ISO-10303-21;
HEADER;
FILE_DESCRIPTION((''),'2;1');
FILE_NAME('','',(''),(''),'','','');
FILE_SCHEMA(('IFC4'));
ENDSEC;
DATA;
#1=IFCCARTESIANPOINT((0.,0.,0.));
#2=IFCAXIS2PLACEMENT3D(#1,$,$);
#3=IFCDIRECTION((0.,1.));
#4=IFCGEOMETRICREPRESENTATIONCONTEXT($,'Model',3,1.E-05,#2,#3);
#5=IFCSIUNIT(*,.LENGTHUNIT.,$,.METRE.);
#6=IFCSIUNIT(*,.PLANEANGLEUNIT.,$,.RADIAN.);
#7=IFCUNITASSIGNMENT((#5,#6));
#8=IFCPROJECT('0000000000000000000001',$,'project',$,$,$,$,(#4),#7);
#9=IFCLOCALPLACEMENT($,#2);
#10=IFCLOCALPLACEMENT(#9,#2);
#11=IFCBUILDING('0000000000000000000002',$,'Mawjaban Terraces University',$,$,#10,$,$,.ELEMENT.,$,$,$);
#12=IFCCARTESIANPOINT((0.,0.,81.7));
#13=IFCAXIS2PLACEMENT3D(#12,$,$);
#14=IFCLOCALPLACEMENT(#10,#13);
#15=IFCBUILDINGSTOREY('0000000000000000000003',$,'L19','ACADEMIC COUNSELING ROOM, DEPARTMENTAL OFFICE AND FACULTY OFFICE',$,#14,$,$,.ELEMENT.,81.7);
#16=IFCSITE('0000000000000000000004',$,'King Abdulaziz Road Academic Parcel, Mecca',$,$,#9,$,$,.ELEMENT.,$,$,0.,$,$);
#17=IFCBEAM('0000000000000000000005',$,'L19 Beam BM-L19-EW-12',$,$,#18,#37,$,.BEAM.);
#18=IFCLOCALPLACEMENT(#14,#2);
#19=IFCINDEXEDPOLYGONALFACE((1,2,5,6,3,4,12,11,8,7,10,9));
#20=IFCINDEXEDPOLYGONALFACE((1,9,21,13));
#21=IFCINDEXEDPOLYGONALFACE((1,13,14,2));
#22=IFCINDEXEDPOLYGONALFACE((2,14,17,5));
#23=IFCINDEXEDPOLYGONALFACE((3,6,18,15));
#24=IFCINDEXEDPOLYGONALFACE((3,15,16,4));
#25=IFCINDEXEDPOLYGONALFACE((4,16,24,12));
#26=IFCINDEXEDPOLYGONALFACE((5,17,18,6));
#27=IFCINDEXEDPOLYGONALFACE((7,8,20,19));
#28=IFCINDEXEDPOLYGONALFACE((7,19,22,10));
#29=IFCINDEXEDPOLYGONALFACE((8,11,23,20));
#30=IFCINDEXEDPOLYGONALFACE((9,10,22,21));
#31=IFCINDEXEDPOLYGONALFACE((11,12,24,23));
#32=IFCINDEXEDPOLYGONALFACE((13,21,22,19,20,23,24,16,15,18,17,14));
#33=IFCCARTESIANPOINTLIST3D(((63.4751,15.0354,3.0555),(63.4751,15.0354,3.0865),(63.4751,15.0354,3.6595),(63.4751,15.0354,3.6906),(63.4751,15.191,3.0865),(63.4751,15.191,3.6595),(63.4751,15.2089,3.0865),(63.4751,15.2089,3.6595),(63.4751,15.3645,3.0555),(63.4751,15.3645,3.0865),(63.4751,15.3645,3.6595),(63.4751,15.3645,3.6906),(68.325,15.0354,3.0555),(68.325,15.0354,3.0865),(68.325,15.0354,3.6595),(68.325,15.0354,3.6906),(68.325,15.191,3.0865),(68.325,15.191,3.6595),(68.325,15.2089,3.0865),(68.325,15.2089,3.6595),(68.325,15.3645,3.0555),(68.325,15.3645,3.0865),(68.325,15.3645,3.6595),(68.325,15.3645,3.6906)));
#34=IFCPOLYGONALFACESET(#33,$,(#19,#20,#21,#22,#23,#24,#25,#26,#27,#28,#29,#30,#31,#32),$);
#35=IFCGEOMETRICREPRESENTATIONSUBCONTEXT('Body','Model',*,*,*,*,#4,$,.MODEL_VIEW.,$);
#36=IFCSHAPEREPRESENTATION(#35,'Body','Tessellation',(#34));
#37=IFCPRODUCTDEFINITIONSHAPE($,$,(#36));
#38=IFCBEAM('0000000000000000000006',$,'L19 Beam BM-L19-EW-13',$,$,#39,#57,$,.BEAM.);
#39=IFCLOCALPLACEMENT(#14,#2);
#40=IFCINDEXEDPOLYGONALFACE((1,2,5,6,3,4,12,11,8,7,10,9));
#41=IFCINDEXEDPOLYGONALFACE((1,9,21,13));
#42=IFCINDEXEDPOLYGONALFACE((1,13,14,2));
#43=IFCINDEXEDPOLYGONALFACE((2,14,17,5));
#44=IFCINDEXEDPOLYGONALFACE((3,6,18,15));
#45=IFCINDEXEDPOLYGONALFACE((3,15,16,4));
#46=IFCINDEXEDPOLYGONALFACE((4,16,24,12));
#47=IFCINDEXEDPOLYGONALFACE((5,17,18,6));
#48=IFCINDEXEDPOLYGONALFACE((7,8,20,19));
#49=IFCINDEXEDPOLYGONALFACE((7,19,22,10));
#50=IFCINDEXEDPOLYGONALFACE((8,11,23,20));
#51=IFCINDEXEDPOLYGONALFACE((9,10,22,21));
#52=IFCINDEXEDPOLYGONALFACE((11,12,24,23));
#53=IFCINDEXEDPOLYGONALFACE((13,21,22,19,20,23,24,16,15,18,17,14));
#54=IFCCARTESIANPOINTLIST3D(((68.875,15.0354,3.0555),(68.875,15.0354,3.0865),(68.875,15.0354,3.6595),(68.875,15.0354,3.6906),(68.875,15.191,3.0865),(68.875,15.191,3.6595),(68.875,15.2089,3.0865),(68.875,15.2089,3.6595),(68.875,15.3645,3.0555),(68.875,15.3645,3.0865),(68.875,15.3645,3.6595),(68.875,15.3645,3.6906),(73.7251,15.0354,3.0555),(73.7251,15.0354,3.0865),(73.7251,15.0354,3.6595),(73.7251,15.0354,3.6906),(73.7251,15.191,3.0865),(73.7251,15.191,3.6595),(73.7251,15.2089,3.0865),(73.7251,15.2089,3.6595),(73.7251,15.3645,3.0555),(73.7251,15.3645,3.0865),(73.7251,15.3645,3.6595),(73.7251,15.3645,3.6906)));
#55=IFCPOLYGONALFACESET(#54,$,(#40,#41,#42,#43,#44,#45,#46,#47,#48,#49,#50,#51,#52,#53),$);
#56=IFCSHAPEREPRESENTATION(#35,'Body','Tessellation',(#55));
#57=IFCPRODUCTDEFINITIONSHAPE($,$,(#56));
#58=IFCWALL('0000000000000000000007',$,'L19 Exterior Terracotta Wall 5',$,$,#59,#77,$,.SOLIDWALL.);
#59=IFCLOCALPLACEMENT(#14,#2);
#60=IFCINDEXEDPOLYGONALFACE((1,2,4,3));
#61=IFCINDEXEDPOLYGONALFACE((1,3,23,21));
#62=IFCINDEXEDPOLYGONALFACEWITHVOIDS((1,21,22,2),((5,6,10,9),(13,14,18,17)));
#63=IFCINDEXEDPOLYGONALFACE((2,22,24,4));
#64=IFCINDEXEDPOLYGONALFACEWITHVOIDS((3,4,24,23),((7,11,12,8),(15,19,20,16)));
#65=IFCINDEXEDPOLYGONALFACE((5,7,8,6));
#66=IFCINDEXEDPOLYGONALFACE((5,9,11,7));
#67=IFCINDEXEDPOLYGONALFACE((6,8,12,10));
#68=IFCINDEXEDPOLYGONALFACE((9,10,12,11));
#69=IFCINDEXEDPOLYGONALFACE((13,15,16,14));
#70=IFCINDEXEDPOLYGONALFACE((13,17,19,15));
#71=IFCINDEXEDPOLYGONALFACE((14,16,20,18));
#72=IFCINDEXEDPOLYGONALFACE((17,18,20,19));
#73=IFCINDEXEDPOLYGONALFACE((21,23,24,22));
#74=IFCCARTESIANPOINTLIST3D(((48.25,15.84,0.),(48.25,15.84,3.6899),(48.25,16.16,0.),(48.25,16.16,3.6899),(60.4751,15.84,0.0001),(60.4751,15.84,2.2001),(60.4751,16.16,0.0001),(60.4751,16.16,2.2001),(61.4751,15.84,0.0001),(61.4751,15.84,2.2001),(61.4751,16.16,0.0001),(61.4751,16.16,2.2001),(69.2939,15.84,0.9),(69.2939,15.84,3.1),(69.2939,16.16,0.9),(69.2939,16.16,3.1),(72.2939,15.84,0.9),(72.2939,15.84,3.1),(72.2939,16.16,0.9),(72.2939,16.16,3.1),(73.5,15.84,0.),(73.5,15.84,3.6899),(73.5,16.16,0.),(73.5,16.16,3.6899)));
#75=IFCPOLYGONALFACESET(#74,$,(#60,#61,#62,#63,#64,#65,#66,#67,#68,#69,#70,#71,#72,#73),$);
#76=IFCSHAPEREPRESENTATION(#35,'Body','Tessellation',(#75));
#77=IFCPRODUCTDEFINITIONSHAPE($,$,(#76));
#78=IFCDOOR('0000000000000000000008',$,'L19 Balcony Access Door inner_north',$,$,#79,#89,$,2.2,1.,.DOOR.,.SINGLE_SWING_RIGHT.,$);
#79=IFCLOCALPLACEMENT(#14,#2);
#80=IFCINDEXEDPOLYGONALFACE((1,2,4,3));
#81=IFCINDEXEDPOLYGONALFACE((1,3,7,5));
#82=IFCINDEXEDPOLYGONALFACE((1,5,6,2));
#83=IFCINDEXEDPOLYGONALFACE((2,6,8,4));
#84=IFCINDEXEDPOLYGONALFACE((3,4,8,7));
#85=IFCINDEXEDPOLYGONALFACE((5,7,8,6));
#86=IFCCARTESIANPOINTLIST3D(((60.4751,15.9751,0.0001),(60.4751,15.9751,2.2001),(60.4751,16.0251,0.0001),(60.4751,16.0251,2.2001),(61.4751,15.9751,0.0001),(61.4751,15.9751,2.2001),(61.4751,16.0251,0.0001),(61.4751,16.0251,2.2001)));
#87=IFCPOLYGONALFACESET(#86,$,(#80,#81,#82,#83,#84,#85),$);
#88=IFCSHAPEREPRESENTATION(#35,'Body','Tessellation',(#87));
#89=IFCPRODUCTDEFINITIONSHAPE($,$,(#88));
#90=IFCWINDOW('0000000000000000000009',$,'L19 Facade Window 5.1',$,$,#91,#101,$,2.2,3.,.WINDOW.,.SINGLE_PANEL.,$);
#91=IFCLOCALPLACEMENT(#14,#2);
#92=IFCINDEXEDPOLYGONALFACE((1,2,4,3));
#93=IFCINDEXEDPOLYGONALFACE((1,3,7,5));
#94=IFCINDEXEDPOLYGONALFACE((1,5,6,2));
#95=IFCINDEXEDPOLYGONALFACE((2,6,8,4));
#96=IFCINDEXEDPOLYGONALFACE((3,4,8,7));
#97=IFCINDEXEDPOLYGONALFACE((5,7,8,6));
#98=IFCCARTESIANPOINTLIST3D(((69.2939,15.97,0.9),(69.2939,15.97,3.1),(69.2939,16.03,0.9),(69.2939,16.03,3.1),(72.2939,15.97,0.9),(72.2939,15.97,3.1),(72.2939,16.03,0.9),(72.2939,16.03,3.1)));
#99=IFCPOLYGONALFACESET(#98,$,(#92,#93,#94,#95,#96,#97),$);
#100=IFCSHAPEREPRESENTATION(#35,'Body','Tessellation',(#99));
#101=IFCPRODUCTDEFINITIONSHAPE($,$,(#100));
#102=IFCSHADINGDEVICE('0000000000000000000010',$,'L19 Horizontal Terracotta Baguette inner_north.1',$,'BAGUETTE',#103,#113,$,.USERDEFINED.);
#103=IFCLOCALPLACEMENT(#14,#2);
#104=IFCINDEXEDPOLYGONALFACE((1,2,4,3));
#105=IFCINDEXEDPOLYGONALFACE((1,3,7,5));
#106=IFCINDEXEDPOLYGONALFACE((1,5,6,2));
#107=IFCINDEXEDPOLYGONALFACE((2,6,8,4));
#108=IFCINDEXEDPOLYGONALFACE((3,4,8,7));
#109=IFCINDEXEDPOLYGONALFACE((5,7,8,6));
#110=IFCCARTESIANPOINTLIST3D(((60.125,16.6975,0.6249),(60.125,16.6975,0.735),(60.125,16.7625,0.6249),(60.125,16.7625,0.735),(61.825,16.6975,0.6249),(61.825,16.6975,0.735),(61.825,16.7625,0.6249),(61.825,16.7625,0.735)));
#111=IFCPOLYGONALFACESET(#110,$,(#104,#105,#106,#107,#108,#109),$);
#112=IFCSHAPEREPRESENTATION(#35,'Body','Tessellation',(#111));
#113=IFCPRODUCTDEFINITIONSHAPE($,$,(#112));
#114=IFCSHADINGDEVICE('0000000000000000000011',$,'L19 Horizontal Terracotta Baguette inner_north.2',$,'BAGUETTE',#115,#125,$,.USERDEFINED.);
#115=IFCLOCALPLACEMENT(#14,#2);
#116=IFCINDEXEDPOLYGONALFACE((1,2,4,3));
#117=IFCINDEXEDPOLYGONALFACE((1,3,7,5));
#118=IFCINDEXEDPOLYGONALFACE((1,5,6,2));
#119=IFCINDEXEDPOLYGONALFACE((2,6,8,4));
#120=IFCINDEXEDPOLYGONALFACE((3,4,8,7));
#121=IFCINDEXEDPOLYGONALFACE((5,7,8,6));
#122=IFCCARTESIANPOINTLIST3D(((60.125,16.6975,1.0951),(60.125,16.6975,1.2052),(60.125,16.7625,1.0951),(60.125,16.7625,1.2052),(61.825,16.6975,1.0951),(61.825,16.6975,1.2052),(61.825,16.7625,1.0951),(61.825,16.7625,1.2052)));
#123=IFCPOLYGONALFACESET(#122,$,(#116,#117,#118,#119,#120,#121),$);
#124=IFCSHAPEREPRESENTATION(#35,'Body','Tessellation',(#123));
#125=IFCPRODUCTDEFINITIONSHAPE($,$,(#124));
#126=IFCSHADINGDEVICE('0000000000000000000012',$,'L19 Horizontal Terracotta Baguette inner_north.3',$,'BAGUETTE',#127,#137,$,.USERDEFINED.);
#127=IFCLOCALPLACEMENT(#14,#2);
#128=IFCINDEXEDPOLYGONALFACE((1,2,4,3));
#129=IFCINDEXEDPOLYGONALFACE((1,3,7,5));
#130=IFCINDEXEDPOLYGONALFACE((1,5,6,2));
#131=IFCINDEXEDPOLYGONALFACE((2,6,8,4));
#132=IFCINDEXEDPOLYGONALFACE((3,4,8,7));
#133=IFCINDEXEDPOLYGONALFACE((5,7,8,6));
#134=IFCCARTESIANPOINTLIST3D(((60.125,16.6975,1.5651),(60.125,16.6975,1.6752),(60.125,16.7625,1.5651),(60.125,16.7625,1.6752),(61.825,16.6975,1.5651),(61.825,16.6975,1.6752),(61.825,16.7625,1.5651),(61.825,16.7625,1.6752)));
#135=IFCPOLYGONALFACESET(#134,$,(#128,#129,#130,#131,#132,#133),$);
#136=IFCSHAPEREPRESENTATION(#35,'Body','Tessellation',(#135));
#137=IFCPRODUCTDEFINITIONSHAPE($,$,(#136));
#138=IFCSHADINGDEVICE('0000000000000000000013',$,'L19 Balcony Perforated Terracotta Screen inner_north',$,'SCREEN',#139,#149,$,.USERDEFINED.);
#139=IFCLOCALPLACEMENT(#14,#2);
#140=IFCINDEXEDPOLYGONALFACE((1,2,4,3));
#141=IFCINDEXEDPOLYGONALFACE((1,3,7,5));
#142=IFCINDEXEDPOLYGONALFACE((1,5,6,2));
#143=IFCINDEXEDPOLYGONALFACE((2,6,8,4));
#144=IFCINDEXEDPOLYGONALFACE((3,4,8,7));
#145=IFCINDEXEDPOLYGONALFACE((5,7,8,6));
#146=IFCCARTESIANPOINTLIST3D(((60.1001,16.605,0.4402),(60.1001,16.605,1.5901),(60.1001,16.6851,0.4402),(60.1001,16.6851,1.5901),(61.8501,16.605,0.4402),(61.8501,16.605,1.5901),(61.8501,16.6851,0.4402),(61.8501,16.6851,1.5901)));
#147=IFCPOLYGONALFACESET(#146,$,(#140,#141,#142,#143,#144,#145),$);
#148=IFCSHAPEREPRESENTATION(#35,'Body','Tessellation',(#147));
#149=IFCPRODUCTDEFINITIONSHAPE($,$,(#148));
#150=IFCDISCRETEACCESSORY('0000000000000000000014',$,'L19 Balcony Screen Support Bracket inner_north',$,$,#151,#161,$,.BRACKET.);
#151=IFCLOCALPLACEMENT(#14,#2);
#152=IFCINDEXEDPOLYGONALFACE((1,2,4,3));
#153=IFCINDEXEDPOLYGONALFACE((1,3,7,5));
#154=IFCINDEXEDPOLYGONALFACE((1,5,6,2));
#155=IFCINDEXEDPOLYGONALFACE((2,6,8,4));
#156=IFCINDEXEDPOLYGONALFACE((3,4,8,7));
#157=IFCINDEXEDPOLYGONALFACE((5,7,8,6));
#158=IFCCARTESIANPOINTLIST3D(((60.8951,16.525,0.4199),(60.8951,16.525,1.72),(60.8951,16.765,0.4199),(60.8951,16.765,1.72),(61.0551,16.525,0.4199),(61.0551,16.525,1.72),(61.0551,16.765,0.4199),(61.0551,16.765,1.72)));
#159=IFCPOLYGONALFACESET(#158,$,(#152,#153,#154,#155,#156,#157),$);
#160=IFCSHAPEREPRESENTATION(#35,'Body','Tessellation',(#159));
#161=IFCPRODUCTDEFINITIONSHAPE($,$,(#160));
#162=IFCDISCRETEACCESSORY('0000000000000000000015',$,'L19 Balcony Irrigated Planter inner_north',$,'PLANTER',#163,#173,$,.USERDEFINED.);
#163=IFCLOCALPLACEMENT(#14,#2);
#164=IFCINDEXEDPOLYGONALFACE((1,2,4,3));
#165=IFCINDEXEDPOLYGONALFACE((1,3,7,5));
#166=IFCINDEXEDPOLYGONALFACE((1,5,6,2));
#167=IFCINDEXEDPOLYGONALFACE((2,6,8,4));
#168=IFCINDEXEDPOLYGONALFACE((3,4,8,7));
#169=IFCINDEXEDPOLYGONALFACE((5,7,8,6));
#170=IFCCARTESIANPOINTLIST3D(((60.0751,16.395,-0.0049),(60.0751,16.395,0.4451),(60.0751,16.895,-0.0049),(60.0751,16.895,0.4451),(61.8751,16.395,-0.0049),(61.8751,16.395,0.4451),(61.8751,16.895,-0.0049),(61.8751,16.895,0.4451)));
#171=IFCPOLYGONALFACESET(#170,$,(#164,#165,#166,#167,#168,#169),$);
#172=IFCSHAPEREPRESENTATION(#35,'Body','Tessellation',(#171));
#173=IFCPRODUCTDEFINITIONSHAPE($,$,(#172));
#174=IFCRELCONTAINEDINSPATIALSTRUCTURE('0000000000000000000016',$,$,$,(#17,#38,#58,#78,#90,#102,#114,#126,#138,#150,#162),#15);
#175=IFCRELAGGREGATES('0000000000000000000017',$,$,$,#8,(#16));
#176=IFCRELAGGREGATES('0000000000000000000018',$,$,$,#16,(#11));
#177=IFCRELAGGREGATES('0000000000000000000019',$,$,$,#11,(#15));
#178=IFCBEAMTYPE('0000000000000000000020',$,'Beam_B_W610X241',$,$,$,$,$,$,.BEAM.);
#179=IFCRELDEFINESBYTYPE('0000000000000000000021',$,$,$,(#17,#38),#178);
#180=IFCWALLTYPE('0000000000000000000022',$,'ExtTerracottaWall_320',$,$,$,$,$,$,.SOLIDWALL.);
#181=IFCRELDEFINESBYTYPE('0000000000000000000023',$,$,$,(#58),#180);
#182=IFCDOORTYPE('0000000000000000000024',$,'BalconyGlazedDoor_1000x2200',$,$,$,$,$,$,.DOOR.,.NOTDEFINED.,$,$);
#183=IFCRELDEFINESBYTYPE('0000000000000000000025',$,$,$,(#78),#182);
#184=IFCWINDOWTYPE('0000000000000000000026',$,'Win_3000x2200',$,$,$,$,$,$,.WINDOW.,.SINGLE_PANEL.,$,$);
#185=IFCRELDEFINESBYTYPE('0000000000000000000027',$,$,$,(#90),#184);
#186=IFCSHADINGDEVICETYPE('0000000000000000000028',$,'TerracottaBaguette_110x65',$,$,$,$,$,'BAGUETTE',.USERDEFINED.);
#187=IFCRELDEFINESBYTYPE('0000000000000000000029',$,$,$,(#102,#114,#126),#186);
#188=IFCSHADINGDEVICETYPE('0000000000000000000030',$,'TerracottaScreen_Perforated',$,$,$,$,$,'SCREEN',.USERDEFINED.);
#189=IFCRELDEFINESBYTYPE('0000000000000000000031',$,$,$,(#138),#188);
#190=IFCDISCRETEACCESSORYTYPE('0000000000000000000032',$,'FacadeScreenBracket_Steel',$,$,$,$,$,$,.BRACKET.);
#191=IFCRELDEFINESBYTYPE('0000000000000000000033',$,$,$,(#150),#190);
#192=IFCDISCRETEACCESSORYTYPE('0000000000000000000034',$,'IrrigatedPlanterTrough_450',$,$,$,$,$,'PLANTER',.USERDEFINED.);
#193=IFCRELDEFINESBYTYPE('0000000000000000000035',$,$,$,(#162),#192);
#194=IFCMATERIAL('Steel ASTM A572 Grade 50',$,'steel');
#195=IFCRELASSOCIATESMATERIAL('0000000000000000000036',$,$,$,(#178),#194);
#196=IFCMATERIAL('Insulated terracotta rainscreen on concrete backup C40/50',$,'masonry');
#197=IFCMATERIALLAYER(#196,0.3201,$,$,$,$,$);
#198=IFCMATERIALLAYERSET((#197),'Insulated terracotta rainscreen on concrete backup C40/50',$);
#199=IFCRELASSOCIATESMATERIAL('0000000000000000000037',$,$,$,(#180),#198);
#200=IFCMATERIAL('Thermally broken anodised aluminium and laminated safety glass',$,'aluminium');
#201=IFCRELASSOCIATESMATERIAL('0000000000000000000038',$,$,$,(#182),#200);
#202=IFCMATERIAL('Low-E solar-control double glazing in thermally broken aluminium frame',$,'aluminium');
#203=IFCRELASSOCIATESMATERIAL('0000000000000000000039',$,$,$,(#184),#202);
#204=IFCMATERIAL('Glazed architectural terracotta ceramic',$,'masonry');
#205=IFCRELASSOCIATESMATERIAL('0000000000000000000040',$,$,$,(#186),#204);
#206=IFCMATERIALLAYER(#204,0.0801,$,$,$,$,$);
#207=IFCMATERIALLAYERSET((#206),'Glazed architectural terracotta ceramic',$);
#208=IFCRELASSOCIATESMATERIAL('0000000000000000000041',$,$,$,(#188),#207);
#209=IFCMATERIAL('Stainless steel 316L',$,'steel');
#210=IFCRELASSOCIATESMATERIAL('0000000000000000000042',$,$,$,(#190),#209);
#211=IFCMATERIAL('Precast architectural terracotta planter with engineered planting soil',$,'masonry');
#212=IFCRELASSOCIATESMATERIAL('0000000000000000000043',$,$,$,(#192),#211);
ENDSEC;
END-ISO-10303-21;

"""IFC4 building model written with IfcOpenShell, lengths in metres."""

from ifc_helpers import new_model, si_unit, direction, frame, frame_2d, origin, origin_2d, place, context, subcontext, project, spatial, rectangle, i_section, extrude, material, layer, layer_set, material_profile, profile_set, type_object, element, fill, save


model = new_model("IFC4")

# Units and contexts
model_context = context("Model", 3, precision=1e-05, world=origin(), true_north=direction((0.0, 1.0)))
body_context = subcontext(model_context, "Body", "Model", "MODEL_VIEW")
ifc_project = project(units=[si_unit("LENGTHUNIT", "METRE"), si_unit("PLANEANGLEUNIT", "RADIAN")], contexts=[model_context])

# Site, building, storey
site_placement = place(None, origin())
site = spatial("IfcSite", under=ifc_project, at=site_placement, Name="King Abdulaziz Road Academic Parcel, Mecca", CompositionType="ELEMENT", RefElevation=0.0)
building_placement = place(site_placement, origin())
building = spatial("IfcBuilding", under=site, at=building_placement, Name="Mawjaban Terraces University", CompositionType="ELEMENT")
storey_placement = place(building_placement, frame((0.0, 0.0, 81.7)))
storey = spatial("IfcBuildingStorey", under=building, at=storey_placement, Name="L19", Description="ACADEMIC COUNSELING ROOM, DEPARTMENTAL OFFICE AND FACULTY OFFICE", CompositionType="ELEMENT", Elevation=81.7)

# Beams
ifc_material_1 = material(Name="Steel ASTM A572 Grade 50", Category="steel")
ifc_material_profile_1 = material_profile(ifc_material_1, i_section(OverallWidth=0.3291, OverallDepth=0.635, WebThickness=0.0178, FlangeThickness=0.031, at=origin_2d()), Name="W610X241")
ifc_profile_set_1 = profile_set([ifc_material_profile_1], Name="Steel ASTM A572 Grade 50")
beam_type_1 = type_object("IfcBeamType", Name="Beam_B_W610X241", PredefinedType="BEAM", material=ifc_profile_set_1)
beam_1_placement = place(storey_placement, frame((63.4751, 15.2, 3.373), z_axis=(1.0, 0.0, 0.0), x_axis=(0.0, 1.0, 0.0)))
element("IfcBeam", 1, at=beam_1_placement, inside=storey, type_object=beam_type_1, Name="L19 Beam BM-L19-EW-12", PredefinedType="BEAM", context=body_context, shape_type="SweptSolid", body=[
    extrude(i_section(OverallWidth=0.3291, OverallDepth=0.635, WebThickness=0.0178, FlangeThickness=0.031, at=origin_2d()), origin(), (0.0, 0.0, 1.0), 4.8499),
])
beam_2_placement = place(storey_placement, frame((68.875, 15.2, 3.373), z_axis=(1.0, 0.0, 0.0), x_axis=(0.0, 1.0, 0.0)))
element("IfcBeam", 2, at=beam_2_placement, inside=storey, type_object=beam_type_1, Name="L19 Beam BM-L19-EW-13", PredefinedType="BEAM", context=body_context, shape_type="SweptSolid", body=[
    extrude(i_section(OverallWidth=0.3291, OverallDepth=0.635, WebThickness=0.0178, FlangeThickness=0.031, at=origin_2d()), origin(), (0.0, 0.0, 1.0), 4.8501),
])

# Wall, openings, door, window
ifc_material_2 = material(Name="Insulated terracotta rainscreen on concrete backup C40/50", Category="masonry")
ifc_layer_1 = layer(ifc_material_2, 0.3201)
ifc_layer_set_1 = layer_set([ifc_layer_1], Name="Insulated terracotta rainscreen on concrete backup C40/50")
wall_type = type_object("IfcWallType", Name="ExtTerracottaWall_320", PredefinedType="SOLIDWALL", material=ifc_layer_set_1)
wall_placement = place(storey_placement, frame((73.5, 16.0, 0.0), z_axis=(0.0, 0.0, 1.0), x_axis=(-1.0, 0.0, 0.0)))
wall = element("IfcWall", 3, at=wall_placement, inside=storey, type_object=wall_type, Name="L19 Exterior Terracotta Wall 5", PredefinedType="SOLIDWALL", context=body_context, shape_type="SweptSolid", body=[
    extrude(rectangle(XDim=25.25, YDim=0.3201, at=frame_2d((12.625, 0.0))), origin(), (0.0, 0.0, 1.0), 3.6899),
])
opening_1_placement = place(wall_placement, frame((12.0249, 0.0, 0.0)))
opening_1 = element("IfcOpeningElement", 4, at=opening_1_placement, cuts=wall, PredefinedType="OPENING", context=body_context, shape_type="SweptSolid", body=[
    extrude(rectangle(XDim=1.0, YDim=2.2, at=frame_2d((0.5, 1.1001))), frame((0.0, 0.1699, 0.0), z_axis=(0.0, -1.0, 0.0), x_axis=(1.0, 0.0, 0.0)), (0.0, 0.0, 1.0), 0.3401),
])
opening_2_placement = place(wall_placement, frame((1.2061, 0.0, 0.8999)))
opening_2 = element("IfcOpeningElement", 5, at=opening_2_placement, cuts=wall, PredefinedType="OPENING", context=body_context, shape_type="SweptSolid", body=[
    extrude(rectangle(XDim=3.0, YDim=2.2, at=frame_2d((1.5, 1.1001))), frame((0.0, 0.1699, 0.0), z_axis=(0.0, -1.0, 0.0), x_axis=(1.0, 0.0, 0.0)), (0.0, 0.0, 1.0), 0.3401),
])
ifc_material_3 = material(Name="Thermally broken anodised aluminium and laminated safety glass", Category="aluminium")
door_type = type_object("IfcDoorType", Name="BalconyGlazedDoor_1000x2200", OperationType="NOTDEFINED", PredefinedType="DOOR", material=ifc_material_3)
door_placement = place(opening_1_placement, origin())
door = element("IfcDoor", 6, at=door_placement, inside=storey, type_object=door_type, Name="L19 Balcony Access Door inner_north", OperationType="SINGLE_SWING_RIGHT", OverallHeight=2.2, OverallWidth=1.0, PredefinedType="DOOR", context=body_context, shape_type="SweptSolid", body=[
    extrude(rectangle(XDim=1.0, YDim=2.2, at=frame_2d((0.5, 1.1001))), frame((0.0, 0.0249, 0.0), z_axis=(0.0, -1.0, 0.0), x_axis=(1.0, 0.0, 0.0)), (0.0, 0.0, 1.0), 0.05),
])
fill(opening_1, door)
ifc_material_4 = material(Name="Low-E solar-control double glazing in thermally broken aluminium frame", Category="aluminium")
window_type = type_object("IfcWindowType", Name="Win_3000x2200", PartitioningType="SINGLE_PANEL", PredefinedType="WINDOW", material=ifc_material_4)
window_placement = place(opening_2_placement, origin())
window = element("IfcWindow", 7, at=window_placement, inside=storey, type_object=window_type, Name="L19 Facade Window 5.1", OverallHeight=2.2, OverallWidth=3.0, PartitioningType="SINGLE_PANEL", PredefinedType="WINDOW", context=body_context, shape_type="SweptSolid", body=[
    extrude(rectangle(XDim=3.0, YDim=2.2, at=frame_2d((1.5, 1.1001))), frame((0.0, 0.03, 0.0), z_axis=(0.0, -1.0, 0.0), x_axis=(1.0, 0.0, 0.0)), (0.0, 0.0, 1.0), 0.0601),
])
fill(opening_2, window)

# Shading devices
ifc_material_5 = material(Name="Glazed architectural terracotta ceramic", Category="masonry")
ifc_material_profile_2 = material_profile(ifc_material_5, rectangle(XDim=0.0649, YDim=0.1101, at=origin_2d()), Name="TBAG110X65")
ifc_profile_set_2 = profile_set([ifc_material_profile_2], Name="Glazed architectural terracotta ceramic")
shading_device_type_1 = type_object("IfcShadingDeviceType", Name="TerracottaBaguette_110x65", ElementType="BAGUETTE", PredefinedType="USERDEFINED", material=ifc_profile_set_2)
for number, where, z_axis, x_axis, name in (
    (8, (60.125, 16.73, 0.6799), (1.0, 0.0, 0.0), (0.0, 1.0, 0.0), "L19 Horizontal Terracotta Baguette inner_north.1"),
    (9, (60.125, 16.73, 1.1501), (1.0, 0.0, 0.0), (0.0, 1.0, 0.0), "L19 Horizontal Terracotta Baguette inner_north.2"),
    (10, (60.125, 16.73, 1.6201), (1.0, 0.0, 0.0), (0.0, 1.0, 0.0), "L19 Horizontal Terracotta Baguette inner_north.3"),
):
    element("IfcShadingDevice", number, at=place(storey_placement, frame(where, z_axis=z_axis, x_axis=x_axis)), inside=storey, type_object=shading_device_type_1, Name=name, ObjectType="BAGUETTE", PredefinedType="USERDEFINED", context=body_context, shape_type="SweptSolid", body=[
        extrude(rectangle(XDim=0.0649, YDim=0.1101, at=origin_2d()), origin(), (0.0, 0.0, 1.0), 1.7),
    ])
ifc_layer_2 = layer(ifc_material_5, 0.0801)
ifc_layer_set_2 = layer_set([ifc_layer_2], Name="Glazed architectural terracotta ceramic")
shading_device_type_2 = type_object("IfcShadingDeviceType", Name="TerracottaScreen_Perforated", ElementType="SCREEN", PredefinedType="USERDEFINED", material=ifc_layer_set_2)
shading_device_placement = place(storey_placement, frame((60.9751, 16.645, 0.4402), z_axis=(0.0, 0.0, 1.0), x_axis=(1.0, 0.0, 0.0)))
element("IfcShadingDevice", 11, at=shading_device_placement, inside=storey, type_object=shading_device_type_2, Name="L19 Balcony Perforated Terracotta Screen inner_north", ObjectType="SCREEN", PredefinedType="USERDEFINED", context=body_context, shape_type="SweptSolid", body=[
    extrude(rectangle(XDim=1.75, YDim=0.0801, at=origin_2d()), origin(), (0.0, 0.0, 1.0), 1.1499),
])

# Discrete accessories
ifc_material_6 = material(Name="Stainless steel 316L", Category="steel")
discrete_accessory_type_1 = type_object("IfcDiscreteAccessoryType", Name="FacadeScreenBracket_Steel", PredefinedType="BRACKET", material=ifc_material_6)
discrete_accessory_1_placement = place(storey_placement, frame((60.9751, 16.645, 0.4199), z_axis=(0.0, 0.0, 1.0), x_axis=(1.0, 0.0, 0.0)))
element("IfcDiscreteAccessory", 12, at=discrete_accessory_1_placement, inside=storey, type_object=discrete_accessory_type_1, Name="L19 Balcony Screen Support Bracket inner_north", PredefinedType="BRACKET", context=body_context, shape_type="SweptSolid", body=[
    extrude(rectangle(XDim=0.1599, YDim=0.24, at=origin_2d()), origin(), (0.0, 0.0, 1.0), 1.3),
])
ifc_material_7 = material(Name="Precast architectural terracotta planter with engineered planting soil", Category="masonry")
discrete_accessory_type_2 = type_object("IfcDiscreteAccessoryType", Name="IrrigatedPlanterTrough_450", ElementType="PLANTER", PredefinedType="USERDEFINED", material=ifc_material_7)
discrete_accessory_2_placement = place(storey_placement, frame((60.9751, 16.645, -0.0049), z_axis=(0.0, 0.0, 1.0), x_axis=(1.0, 0.0, 0.0)))
element("IfcDiscreteAccessory", 13, at=discrete_accessory_2_placement, inside=storey, type_object=discrete_accessory_type_2, Name="L19 Balcony Irrigated Planter inner_north", ObjectType="PLANTER", PredefinedType="USERDEFINED", context=body_context, shape_type="SweptSolid", body=[
    extrude(rectangle(XDim=1.8, YDim=0.5, at=origin_2d()), origin(), (0.0, 0.0, 1.0), 0.45),
])

save(model, "model.ifc")
